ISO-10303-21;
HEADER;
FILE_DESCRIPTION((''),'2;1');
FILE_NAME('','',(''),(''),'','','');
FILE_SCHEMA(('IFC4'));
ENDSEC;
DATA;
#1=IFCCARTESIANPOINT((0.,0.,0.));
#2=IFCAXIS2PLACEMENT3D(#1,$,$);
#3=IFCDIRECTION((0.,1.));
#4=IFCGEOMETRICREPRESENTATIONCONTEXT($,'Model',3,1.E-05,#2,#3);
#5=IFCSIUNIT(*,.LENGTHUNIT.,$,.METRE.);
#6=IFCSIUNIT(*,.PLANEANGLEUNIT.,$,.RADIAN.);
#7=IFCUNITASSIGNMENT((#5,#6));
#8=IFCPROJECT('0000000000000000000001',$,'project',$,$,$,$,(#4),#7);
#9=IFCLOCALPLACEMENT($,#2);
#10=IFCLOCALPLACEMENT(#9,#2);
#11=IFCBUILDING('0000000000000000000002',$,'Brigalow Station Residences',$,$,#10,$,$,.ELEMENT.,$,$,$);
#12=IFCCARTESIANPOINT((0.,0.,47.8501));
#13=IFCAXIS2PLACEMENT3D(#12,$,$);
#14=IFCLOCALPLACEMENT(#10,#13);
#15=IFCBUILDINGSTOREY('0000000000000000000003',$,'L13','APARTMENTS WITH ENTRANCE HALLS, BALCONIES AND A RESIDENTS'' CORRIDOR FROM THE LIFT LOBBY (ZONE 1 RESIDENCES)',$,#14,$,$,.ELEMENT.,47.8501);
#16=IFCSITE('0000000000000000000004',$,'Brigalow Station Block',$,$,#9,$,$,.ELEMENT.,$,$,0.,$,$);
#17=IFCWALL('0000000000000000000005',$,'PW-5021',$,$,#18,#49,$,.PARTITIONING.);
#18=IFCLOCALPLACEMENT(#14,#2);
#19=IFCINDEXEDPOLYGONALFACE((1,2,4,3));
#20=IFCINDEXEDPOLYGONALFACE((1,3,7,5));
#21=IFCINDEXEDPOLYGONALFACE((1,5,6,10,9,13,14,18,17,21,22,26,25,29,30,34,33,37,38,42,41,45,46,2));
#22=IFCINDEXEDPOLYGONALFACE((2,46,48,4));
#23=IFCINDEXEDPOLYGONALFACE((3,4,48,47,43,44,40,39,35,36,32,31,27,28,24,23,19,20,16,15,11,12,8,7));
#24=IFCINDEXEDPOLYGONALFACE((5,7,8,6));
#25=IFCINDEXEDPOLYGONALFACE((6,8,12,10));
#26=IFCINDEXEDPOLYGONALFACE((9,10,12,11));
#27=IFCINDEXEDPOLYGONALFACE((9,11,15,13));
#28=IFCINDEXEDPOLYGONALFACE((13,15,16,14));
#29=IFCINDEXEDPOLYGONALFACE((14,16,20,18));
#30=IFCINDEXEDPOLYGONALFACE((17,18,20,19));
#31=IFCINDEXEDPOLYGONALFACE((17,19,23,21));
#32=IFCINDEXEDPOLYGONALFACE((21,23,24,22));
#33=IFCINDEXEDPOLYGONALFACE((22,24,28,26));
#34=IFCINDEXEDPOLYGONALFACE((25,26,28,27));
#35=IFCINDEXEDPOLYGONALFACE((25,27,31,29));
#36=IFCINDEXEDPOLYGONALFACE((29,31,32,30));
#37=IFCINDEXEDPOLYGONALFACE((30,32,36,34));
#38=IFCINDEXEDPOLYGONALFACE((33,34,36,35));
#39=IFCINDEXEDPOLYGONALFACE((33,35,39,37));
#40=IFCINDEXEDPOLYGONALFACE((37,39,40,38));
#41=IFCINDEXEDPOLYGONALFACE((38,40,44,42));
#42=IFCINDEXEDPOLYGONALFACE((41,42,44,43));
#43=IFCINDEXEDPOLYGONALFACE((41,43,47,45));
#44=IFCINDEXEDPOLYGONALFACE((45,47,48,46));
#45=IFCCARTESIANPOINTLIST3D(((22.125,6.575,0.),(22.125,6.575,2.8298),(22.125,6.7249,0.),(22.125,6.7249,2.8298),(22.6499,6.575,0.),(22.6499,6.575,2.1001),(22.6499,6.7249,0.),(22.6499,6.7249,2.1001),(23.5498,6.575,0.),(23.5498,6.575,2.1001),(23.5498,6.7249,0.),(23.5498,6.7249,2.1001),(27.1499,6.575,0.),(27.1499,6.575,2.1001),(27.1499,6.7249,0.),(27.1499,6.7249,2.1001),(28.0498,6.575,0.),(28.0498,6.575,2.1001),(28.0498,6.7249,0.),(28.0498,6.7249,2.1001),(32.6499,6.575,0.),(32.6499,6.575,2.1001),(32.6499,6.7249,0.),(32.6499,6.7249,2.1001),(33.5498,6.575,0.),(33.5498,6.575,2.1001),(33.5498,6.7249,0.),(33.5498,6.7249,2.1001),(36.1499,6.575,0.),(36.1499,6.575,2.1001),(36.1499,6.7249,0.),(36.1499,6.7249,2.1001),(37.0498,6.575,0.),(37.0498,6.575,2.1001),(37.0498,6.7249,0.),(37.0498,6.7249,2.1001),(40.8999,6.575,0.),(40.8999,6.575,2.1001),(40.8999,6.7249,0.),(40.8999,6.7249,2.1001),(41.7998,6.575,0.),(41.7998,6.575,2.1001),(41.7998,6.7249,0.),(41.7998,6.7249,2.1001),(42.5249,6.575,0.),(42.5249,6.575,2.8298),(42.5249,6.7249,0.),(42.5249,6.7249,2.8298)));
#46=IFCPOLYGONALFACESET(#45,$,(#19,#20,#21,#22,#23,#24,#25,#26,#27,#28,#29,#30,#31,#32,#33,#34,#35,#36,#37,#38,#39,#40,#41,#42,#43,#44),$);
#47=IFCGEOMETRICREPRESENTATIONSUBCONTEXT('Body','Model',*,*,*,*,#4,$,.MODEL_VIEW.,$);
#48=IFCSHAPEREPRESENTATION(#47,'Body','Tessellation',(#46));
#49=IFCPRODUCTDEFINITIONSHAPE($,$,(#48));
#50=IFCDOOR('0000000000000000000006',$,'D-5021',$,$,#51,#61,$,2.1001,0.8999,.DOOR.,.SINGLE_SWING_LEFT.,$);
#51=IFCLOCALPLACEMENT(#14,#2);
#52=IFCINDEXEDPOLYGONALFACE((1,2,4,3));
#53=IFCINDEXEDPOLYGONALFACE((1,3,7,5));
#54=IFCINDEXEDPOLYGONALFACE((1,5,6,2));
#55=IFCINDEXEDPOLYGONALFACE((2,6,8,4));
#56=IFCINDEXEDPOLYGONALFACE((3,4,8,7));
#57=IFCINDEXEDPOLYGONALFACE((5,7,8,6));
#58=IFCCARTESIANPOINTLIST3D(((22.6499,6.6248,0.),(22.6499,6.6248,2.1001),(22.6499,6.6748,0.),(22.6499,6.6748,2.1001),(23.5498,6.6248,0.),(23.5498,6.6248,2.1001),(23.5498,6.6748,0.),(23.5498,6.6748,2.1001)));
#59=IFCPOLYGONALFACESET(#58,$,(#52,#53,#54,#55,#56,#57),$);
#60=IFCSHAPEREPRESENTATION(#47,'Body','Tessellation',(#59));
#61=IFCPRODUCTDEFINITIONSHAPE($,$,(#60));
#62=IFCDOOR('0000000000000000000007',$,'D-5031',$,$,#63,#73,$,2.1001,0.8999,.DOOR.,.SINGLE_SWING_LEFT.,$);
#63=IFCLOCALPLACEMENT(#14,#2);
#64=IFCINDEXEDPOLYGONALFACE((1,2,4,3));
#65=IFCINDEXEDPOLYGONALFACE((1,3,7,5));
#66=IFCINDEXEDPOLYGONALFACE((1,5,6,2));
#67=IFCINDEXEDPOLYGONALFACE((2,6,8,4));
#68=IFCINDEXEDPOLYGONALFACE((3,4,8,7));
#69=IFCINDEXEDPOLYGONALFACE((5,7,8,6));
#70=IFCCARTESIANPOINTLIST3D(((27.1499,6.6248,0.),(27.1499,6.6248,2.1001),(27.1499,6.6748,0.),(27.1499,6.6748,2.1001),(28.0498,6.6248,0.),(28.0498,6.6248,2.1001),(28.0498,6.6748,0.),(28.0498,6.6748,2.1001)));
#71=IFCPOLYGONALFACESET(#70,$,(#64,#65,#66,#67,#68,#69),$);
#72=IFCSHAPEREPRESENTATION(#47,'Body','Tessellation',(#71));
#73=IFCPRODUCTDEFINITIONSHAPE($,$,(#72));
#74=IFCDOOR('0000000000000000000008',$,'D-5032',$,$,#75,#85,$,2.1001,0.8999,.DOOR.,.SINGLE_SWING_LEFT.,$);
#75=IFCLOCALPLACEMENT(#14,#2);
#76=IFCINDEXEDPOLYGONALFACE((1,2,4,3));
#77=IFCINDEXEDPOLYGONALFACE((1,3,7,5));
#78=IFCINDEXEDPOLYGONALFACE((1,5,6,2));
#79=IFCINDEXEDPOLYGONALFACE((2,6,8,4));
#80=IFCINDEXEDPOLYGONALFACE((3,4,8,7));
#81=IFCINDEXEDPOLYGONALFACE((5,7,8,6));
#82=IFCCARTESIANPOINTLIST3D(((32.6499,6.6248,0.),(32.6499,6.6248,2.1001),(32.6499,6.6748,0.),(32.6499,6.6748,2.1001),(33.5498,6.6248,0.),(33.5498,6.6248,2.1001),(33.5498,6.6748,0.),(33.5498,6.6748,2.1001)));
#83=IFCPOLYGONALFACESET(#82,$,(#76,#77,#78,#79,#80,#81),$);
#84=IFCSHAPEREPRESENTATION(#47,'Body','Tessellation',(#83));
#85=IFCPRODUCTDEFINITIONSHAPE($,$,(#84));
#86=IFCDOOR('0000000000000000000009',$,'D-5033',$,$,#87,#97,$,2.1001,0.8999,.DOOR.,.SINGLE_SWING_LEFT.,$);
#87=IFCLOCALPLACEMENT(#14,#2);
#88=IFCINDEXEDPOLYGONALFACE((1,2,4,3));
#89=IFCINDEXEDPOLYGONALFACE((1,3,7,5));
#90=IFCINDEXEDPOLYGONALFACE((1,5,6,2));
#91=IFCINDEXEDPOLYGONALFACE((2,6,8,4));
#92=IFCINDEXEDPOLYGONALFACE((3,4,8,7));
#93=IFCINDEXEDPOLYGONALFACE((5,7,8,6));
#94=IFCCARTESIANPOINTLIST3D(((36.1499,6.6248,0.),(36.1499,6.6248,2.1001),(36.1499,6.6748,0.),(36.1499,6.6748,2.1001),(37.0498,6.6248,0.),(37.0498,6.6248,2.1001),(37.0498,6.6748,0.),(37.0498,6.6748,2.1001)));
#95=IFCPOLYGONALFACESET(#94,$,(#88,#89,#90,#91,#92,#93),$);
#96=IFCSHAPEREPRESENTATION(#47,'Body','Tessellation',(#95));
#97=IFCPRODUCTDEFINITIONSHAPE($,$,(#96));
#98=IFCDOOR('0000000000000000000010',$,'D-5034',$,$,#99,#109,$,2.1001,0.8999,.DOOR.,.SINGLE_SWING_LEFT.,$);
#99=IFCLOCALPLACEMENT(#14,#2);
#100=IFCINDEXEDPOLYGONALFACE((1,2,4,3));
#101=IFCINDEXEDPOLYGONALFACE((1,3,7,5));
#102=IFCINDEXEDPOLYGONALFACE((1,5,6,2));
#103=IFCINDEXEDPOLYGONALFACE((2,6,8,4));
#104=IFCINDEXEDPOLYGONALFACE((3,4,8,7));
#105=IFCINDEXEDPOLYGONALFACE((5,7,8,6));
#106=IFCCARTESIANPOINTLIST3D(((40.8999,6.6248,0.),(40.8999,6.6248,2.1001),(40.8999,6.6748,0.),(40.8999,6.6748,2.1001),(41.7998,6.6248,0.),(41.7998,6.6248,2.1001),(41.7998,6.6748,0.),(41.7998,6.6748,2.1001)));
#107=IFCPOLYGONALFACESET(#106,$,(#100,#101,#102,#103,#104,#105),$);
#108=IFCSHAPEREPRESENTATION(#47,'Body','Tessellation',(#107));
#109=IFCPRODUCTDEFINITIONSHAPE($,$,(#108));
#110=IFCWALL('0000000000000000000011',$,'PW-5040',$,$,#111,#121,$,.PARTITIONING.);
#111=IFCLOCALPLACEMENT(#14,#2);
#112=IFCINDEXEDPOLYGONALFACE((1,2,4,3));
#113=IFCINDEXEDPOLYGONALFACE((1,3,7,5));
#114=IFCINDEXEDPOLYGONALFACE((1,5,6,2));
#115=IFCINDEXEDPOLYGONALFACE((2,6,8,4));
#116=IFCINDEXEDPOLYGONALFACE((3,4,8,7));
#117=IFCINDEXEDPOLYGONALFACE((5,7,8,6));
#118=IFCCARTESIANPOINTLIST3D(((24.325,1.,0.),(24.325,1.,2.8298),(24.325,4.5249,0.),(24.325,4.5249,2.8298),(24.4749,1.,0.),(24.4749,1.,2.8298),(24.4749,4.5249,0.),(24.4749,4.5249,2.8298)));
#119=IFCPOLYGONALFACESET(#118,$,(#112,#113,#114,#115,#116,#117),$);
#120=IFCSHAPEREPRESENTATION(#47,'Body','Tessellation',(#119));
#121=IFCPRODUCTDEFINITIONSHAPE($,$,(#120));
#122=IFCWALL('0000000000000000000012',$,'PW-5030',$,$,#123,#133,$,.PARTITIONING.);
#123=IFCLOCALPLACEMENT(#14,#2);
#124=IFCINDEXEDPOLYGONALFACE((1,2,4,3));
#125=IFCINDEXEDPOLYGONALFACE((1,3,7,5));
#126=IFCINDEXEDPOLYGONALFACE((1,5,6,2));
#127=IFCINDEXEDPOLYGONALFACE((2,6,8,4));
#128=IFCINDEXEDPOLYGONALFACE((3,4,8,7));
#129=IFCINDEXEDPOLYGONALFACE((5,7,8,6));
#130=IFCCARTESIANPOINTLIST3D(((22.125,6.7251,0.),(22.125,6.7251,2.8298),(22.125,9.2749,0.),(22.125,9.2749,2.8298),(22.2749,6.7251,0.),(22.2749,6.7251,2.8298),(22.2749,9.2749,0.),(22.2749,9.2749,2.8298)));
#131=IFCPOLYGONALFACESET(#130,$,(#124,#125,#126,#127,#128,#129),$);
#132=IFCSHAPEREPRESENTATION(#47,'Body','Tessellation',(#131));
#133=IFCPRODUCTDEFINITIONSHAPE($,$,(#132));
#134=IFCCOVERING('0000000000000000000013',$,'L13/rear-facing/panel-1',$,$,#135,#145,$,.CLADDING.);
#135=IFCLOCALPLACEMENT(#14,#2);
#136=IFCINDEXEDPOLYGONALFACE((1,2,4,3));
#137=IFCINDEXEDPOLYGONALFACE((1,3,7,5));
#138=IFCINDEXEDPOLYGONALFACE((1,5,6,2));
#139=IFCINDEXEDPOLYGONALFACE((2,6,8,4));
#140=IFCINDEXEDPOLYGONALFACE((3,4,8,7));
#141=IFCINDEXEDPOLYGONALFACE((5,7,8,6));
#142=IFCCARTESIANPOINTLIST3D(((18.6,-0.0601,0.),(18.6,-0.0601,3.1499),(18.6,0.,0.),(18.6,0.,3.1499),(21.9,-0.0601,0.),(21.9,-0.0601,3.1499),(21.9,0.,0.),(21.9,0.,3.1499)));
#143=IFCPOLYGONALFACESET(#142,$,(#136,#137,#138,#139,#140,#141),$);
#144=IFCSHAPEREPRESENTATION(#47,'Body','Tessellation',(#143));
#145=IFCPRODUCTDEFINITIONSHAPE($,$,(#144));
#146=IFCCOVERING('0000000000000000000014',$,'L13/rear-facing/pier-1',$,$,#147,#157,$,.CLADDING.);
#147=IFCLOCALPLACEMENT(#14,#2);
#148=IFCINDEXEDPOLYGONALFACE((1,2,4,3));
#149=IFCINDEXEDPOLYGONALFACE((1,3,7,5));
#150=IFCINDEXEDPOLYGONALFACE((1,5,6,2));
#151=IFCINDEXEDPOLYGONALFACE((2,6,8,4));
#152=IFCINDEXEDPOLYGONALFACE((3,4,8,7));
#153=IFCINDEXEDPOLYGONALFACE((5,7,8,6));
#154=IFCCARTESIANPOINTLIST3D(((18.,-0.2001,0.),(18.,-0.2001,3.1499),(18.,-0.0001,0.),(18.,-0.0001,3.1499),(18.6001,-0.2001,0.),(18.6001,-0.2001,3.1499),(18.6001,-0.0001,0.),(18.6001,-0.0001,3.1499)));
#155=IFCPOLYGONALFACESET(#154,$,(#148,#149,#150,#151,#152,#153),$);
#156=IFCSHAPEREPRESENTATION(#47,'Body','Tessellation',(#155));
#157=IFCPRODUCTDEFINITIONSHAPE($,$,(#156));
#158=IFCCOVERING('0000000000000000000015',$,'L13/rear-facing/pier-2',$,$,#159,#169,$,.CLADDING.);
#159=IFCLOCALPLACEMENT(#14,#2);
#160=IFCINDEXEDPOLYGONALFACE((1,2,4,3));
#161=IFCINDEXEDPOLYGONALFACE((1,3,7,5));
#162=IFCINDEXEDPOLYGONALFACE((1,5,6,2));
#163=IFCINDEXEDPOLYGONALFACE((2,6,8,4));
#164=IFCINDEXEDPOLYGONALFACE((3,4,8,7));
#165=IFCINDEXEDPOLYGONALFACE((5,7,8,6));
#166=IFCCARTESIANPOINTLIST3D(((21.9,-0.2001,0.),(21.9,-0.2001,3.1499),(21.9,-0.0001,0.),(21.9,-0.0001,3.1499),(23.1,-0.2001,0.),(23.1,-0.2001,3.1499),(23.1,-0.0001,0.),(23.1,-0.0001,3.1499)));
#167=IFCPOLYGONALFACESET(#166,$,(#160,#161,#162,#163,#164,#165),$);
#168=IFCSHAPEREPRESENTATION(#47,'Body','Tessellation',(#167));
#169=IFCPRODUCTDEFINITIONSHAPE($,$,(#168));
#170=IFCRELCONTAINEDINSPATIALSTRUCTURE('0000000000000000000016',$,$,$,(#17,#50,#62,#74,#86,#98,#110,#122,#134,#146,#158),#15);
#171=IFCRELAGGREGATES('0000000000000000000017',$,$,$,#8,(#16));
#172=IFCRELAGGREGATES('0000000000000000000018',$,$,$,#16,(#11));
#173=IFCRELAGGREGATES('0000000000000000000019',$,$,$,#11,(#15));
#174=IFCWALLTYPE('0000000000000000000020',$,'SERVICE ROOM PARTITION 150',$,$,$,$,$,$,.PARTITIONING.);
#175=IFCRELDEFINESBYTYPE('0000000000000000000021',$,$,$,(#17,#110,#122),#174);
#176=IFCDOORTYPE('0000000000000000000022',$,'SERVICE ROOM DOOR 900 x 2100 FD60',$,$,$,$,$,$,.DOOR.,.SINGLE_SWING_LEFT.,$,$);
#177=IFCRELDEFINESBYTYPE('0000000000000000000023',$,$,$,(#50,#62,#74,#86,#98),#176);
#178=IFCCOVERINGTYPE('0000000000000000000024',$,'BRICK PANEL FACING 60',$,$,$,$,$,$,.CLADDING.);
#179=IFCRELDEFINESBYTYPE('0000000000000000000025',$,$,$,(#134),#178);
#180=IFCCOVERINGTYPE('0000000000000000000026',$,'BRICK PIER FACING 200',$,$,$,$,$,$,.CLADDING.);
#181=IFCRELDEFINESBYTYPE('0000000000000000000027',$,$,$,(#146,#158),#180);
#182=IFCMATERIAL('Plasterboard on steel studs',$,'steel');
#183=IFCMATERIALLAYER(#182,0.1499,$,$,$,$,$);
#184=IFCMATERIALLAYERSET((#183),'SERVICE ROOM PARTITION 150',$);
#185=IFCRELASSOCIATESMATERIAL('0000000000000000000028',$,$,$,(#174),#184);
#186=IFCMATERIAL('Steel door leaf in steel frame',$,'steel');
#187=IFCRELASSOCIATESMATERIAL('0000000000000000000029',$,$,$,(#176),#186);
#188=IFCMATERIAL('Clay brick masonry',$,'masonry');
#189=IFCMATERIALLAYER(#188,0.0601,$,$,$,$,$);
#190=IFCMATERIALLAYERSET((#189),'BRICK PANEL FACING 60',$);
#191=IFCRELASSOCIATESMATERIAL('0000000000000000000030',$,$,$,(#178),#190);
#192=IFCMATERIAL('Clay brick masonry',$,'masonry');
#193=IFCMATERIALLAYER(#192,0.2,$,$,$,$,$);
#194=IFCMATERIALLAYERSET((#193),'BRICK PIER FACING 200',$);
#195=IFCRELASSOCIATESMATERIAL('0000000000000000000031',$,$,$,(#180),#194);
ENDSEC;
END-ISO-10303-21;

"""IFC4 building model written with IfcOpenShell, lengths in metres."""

from ifc_helpers import new_model, si_unit, direction, frame, frame_2d, origin, origin_2d, place, context, subcontext, project, spatial, rectangle, extrude, material, layer, layer_set, type_object, element, fill, save


model = new_model("IFC4")

# Units and contexts
model_context = context("Model", 3, precision=1e-05, world=origin(), true_north=direction((0.0, 1.0)))
body_context = subcontext(model_context, "Body", "Model", "MODEL_VIEW")
ifc_project = project(units=[si_unit("LENGTHUNIT", "METRE"), si_unit("PLANEANGLEUNIT", "RADIAN")], contexts=[model_context])

# Site, building, storey
site_placement = place(None, origin())
site = spatial("IfcSite", under=ifc_project, at=site_placement, Name="Brigalow Station Block", CompositionType="ELEMENT", RefElevation=0.0)
building_placement = place(site_placement, origin())
building = spatial("IfcBuilding", under=site, at=building_placement, Name="Brigalow Station Residences", CompositionType="ELEMENT")
storey_placement = place(building_placement, frame((0.0, 0.0, 47.8501)))
storey = spatial("IfcBuildingStorey", under=building, at=storey_placement, Name="L13", Description="APARTMENTS WITH ENTRANCE HALLS, BALCONIES AND A RESIDENTS' CORRIDOR FROM THE LIFT LOBBY (ZONE 1 RESIDENCES)", CompositionType="ELEMENT", Elevation=47.8501)

# Wall, openings, doors
ifc_material_1 = material(Name="Plasterboard on steel studs", Category="steel")
ifc_layer_1 = layer(ifc_material_1, 0.1499)
ifc_layer_set_1 = layer_set([ifc_layer_1], Name="SERVICE ROOM PARTITION 150")
wall_type_1 = type_object("IfcWallType", Name="SERVICE ROOM PARTITION 150", PredefinedType="PARTITIONING", material=ifc_layer_set_1)
ifc_material_2 = material(Name="Steel door leaf in steel frame", Category="steel")
door_type = type_object("IfcDoorType", Name="SERVICE ROOM DOOR 900 x 2100 FD60", OperationType="SINGLE_SWING_LEFT", PredefinedType="DOOR", material=ifc_material_2)
wall_1_placement = place(storey_placement, frame((22.125, 6.6499, 0.0), z_axis=(0.0, 0.0, 1.0), x_axis=(1.0, 0.0, 0.0)))
wall_1 = element("IfcWall", 1, at=wall_1_placement, inside=storey, type_object=wall_type_1, Name="PW-5021", PredefinedType="PARTITIONING", context=body_context, shape_type="SweptSolid", body=[
    extrude(rectangle(XDim=20.3999, YDim=0.1499, at=frame_2d((10.2, 0.0))), origin(), (0.0, 0.0, 1.0), 2.8298),
])
opening_1_placement = place(wall_1_placement, frame((0.5249, 0.0, 0.0)))
opening_1 = element("IfcOpeningElement", 2, at=opening_1_placement, cuts=wall_1, PredefinedType="OPENING", context=body_context, shape_type="SweptSolid", body=[
    extrude(rectangle(XDim=0.8999, YDim=2.1001, at=frame_2d((0.45, 1.05))), frame((0.0, 0.085, 0.0), z_axis=(0.0, -1.0, 0.0), x_axis=(1.0, 0.0, 0.0)), (0.0, 0.0, 1.0), 0.1699),
])
opening_2_placement = place(wall_1_placement, frame((5.0249, 0.0, 0.0)))
opening_2 = element("IfcOpeningElement", 3, at=opening_2_placement, cuts=wall_1, PredefinedType="OPENING", context=body_context, shape_type="SweptSolid", body=[
    extrude(rectangle(XDim=0.8999, YDim=2.1001, at=frame_2d((0.45, 1.05))), frame((0.0, 0.085, 0.0), z_axis=(0.0, -1.0, 0.0), x_axis=(1.0, 0.0, 0.0)), (0.0, 0.0, 1.0), 0.1699),
])
opening_3_placement = place(wall_1_placement, frame((10.5249, 0.0, 0.0)))
opening_3 = element("IfcOpeningElement", 4, at=opening_3_placement, cuts=wall_1, PredefinedType="OPENING", context=body_context, shape_type="SweptSolid", body=[
    extrude(rectangle(XDim=0.8999, YDim=2.1001, at=frame_2d((0.45, 1.05))), frame((0.0, 0.085, 0.0), z_axis=(0.0, -1.0, 0.0), x_axis=(1.0, 0.0, 0.0)), (0.0, 0.0, 1.0), 0.1699),
])
opening_4_placement = place(wall_1_placement, frame((14.0249, 0.0, 0.0)))
opening_4 = element("IfcOpeningElement", 5, at=opening_4_placement, cuts=wall_1, PredefinedType="OPENING", context=body_context, shape_type="SweptSolid", body=[
    extrude(rectangle(XDim=0.8999, YDim=2.1001, at=frame_2d((0.45, 1.05))), frame((0.0, 0.085, 0.0), z_axis=(0.0, -1.0, 0.0), x_axis=(1.0, 0.0, 0.0)), (0.0, 0.0, 1.0), 0.1699),
])
opening_5_placement = place(wall_1_placement, frame((18.7749, 0.0, 0.0)))
opening_5 = element("IfcOpeningElement", 6, at=opening_5_placement, cuts=wall_1, PredefinedType="OPENING", context=body_context, shape_type="SweptSolid", body=[
    extrude(rectangle(XDim=0.8999, YDim=2.1001, at=frame_2d((0.45, 1.05))), frame((0.0, 0.085, 0.0), z_axis=(0.0, -1.0, 0.0), x_axis=(1.0, 0.0, 0.0)), (0.0, 0.0, 1.0), 0.1699),
])
door_1_placement = place(opening_1_placement, origin())
door_1 = element("IfcDoor", 7, at=door_1_placement, inside=storey, type_object=door_type, Name="D-5021", OperationType="SINGLE_SWING_LEFT", OverallHeight=2.1001, OverallWidth=0.8999, PredefinedType="DOOR", context=body_context, shape_type="SweptSolid", body=[
    extrude(rectangle(XDim=0.8999, YDim=2.1001, at=frame_2d((0.45, 1.05))), frame((0.0, 0.0249, 0.0), z_axis=(0.0, -1.0, 0.0), x_axis=(1.0, 0.0, 0.0)), (0.0, 0.0, 1.0), 0.05),
])
fill(opening_1, door_1)
door_2_placement = place(opening_2_placement, origin())
door_2 = element("IfcDoor", 8, at=door_2_placement, inside=storey, type_object=door_type, Name="D-5031", OperationType="SINGLE_SWING_LEFT", OverallHeight=2.1001, OverallWidth=0.8999, PredefinedType="DOOR", context=body_context, shape_type="SweptSolid", body=[
    extrude(rectangle(XDim=0.8999, YDim=2.1001, at=frame_2d((0.45, 1.05))), frame((0.0, 0.0249, 0.0), z_axis=(0.0, -1.0, 0.0), x_axis=(1.0, 0.0, 0.0)), (0.0, 0.0, 1.0), 0.05),
])
fill(opening_2, door_2)
door_3_placement = place(opening_3_placement, origin())
door_3 = element("IfcDoor", 9, at=door_3_placement, inside=storey, type_object=door_type, Name="D-5032", OperationType="SINGLE_SWING_LEFT", OverallHeight=2.1001, OverallWidth=0.8999, PredefinedType="DOOR", context=body_context, shape_type="SweptSolid", body=[
    extrude(rectangle(XDim=0.8999, YDim=2.1001, at=frame_2d((0.45, 1.05))), frame((0.0, 0.0249, 0.0), z_axis=(0.0, -1.0, 0.0), x_axis=(1.0, 0.0, 0.0)), (0.0, 0.0, 1.0), 0.05),
])
fill(opening_3, door_3)
door_4_placement = place(opening_4_placement, origin())
door_4 = element("IfcDoor", 10, at=door_4_placement, inside=storey, type_object=door_type, Name="D-5033", OperationType="SINGLE_SWING_LEFT", OverallHeight=2.1001, OverallWidth=0.8999, PredefinedType="DOOR", context=body_context, shape_type="SweptSolid", body=[
    extrude(rectangle(XDim=0.8999, YDim=2.1001, at=frame_2d((0.45, 1.05))), frame((0.0, 0.0249, 0.0), z_axis=(0.0, -1.0, 0.0), x_axis=(1.0, 0.0, 0.0)), (0.0, 0.0, 1.0), 0.05),
])
fill(opening_4, door_4)
door_5_placement = place(opening_5_placement, origin())
door_5 = element("IfcDoor", 11, at=door_5_placement, inside=storey, type_object=door_type, Name="D-5034", OperationType="SINGLE_SWING_LEFT", OverallHeight=2.1001, OverallWidth=0.8999, PredefinedType="DOOR", context=body_context, shape_type="SweptSolid", body=[
    extrude(rectangle(XDim=0.8999, YDim=2.1001, at=frame_2d((0.45, 1.05))), frame((0.0, 0.0249, 0.0), z_axis=(0.0, -1.0, 0.0), x_axis=(1.0, 0.0, 0.0)), (0.0, 0.0, 1.0), 0.05),
])
fill(opening_5, door_5)

# Walls
wall_2_placement = place(storey_placement, frame((24.3999, 1.0, 0.0), z_axis=(0.0, 0.0, 1.0), x_axis=(0.0, 1.0, 0.0)))
element("IfcWall", 12, at=wall_2_placement, inside=storey, type_object=wall_type_1, Name="PW-5040", PredefinedType="PARTITIONING", context=body_context, shape_type="SweptSolid", body=[
    extrude(rectangle(XDim=3.5249, YDim=0.1499, at=frame_2d((1.7625, 0.0))), origin(), (0.0, 0.0, 1.0), 2.8298),
])
wall_3_placement = place(storey_placement, frame((22.2, 6.7251, 0.0), z_axis=(0.0, 0.0, 1.0), x_axis=(0.0, 1.0, 0.0)))
element("IfcWall", 13, at=wall_3_placement, inside=storey, type_object=wall_type_1, Name="PW-5030", PredefinedType="PARTITIONING", context=body_context, shape_type="SweptSolid", body=[
    extrude(rectangle(XDim=2.5498, YDim=0.1499, at=frame_2d((1.2749, 0.0))), origin(), (0.0, 0.0, 1.0), 2.8298),
])

# Coverings
ifc_material_3 = material(Name="Clay brick masonry", Category="masonry")
ifc_layer_2 = layer(ifc_material_3, 0.0601)
ifc_layer_set_2 = layer_set([ifc_layer_2], Name="BRICK PANEL FACING 60")
covering_type_1 = type_object("IfcCoveringType", Name="BRICK PANEL FACING 60", PredefinedType="CLADDING", material=ifc_layer_set_2)
covering_1_placement = place(storey_placement, frame((20.25, -0.03, 0.0), z_axis=(0.0, 0.0, 1.0), x_axis=(1.0, 0.0, 0.0)))
element("IfcCovering", 14, at=covering_1_placement, inside=storey, type_object=covering_type_1, Name="L13/rear-facing/panel-1", PredefinedType="CLADDING", context=body_context, shape_type="SweptSolid", body=[
    extrude(rectangle(XDim=3.3, YDim=0.0601, at=origin_2d()), origin(), (0.0, 0.0, 1.0), 3.1499),
])
ifc_material_4 = material(Name="Clay brick masonry", Category="masonry")
ifc_layer_3 = layer(ifc_material_4, 0.2)
ifc_layer_set_3 = layer_set([ifc_layer_3], Name="BRICK PIER FACING 200")
covering_type_2 = type_object("IfcCoveringType", Name="BRICK PIER FACING 200", PredefinedType="CLADDING", material=ifc_layer_set_3)
covering_2_placement = place(storey_placement, frame((18.3, -0.1001, 0.0), z_axis=(0.0, 0.0, 1.0), x_axis=(1.0, 0.0, 0.0)))
element("IfcCovering", 15, at=covering_2_placement, inside=storey, type_object=covering_type_2, Name="L13/rear-facing/pier-1", PredefinedType="CLADDING", context=body_context, shape_type="SweptSolid", body=[
    extrude(rectangle(XDim=0.6001, YDim=0.2, at=origin_2d()), origin(), (0.0, 0.0, 1.0), 3.1499),
])
covering_3_placement = place(storey_placement, frame((22.5, -0.1001, 0.0), z_axis=(0.0, 0.0, 1.0), x_axis=(1.0, 0.0, 0.0)))
element("IfcCovering", 16, at=covering_3_placement, inside=storey, type_object=covering_type_2, Name="L13/rear-facing/pier-2", PredefinedType="CLADDING", context=body_context, shape_type="SweptSolid", body=[
    extrude(rectangle(XDim=1.2, YDim=0.2, at=origin_2d()), origin(), (0.0, 0.0, 1.0), 3.1499),
])

save(model, "model.ifc")
